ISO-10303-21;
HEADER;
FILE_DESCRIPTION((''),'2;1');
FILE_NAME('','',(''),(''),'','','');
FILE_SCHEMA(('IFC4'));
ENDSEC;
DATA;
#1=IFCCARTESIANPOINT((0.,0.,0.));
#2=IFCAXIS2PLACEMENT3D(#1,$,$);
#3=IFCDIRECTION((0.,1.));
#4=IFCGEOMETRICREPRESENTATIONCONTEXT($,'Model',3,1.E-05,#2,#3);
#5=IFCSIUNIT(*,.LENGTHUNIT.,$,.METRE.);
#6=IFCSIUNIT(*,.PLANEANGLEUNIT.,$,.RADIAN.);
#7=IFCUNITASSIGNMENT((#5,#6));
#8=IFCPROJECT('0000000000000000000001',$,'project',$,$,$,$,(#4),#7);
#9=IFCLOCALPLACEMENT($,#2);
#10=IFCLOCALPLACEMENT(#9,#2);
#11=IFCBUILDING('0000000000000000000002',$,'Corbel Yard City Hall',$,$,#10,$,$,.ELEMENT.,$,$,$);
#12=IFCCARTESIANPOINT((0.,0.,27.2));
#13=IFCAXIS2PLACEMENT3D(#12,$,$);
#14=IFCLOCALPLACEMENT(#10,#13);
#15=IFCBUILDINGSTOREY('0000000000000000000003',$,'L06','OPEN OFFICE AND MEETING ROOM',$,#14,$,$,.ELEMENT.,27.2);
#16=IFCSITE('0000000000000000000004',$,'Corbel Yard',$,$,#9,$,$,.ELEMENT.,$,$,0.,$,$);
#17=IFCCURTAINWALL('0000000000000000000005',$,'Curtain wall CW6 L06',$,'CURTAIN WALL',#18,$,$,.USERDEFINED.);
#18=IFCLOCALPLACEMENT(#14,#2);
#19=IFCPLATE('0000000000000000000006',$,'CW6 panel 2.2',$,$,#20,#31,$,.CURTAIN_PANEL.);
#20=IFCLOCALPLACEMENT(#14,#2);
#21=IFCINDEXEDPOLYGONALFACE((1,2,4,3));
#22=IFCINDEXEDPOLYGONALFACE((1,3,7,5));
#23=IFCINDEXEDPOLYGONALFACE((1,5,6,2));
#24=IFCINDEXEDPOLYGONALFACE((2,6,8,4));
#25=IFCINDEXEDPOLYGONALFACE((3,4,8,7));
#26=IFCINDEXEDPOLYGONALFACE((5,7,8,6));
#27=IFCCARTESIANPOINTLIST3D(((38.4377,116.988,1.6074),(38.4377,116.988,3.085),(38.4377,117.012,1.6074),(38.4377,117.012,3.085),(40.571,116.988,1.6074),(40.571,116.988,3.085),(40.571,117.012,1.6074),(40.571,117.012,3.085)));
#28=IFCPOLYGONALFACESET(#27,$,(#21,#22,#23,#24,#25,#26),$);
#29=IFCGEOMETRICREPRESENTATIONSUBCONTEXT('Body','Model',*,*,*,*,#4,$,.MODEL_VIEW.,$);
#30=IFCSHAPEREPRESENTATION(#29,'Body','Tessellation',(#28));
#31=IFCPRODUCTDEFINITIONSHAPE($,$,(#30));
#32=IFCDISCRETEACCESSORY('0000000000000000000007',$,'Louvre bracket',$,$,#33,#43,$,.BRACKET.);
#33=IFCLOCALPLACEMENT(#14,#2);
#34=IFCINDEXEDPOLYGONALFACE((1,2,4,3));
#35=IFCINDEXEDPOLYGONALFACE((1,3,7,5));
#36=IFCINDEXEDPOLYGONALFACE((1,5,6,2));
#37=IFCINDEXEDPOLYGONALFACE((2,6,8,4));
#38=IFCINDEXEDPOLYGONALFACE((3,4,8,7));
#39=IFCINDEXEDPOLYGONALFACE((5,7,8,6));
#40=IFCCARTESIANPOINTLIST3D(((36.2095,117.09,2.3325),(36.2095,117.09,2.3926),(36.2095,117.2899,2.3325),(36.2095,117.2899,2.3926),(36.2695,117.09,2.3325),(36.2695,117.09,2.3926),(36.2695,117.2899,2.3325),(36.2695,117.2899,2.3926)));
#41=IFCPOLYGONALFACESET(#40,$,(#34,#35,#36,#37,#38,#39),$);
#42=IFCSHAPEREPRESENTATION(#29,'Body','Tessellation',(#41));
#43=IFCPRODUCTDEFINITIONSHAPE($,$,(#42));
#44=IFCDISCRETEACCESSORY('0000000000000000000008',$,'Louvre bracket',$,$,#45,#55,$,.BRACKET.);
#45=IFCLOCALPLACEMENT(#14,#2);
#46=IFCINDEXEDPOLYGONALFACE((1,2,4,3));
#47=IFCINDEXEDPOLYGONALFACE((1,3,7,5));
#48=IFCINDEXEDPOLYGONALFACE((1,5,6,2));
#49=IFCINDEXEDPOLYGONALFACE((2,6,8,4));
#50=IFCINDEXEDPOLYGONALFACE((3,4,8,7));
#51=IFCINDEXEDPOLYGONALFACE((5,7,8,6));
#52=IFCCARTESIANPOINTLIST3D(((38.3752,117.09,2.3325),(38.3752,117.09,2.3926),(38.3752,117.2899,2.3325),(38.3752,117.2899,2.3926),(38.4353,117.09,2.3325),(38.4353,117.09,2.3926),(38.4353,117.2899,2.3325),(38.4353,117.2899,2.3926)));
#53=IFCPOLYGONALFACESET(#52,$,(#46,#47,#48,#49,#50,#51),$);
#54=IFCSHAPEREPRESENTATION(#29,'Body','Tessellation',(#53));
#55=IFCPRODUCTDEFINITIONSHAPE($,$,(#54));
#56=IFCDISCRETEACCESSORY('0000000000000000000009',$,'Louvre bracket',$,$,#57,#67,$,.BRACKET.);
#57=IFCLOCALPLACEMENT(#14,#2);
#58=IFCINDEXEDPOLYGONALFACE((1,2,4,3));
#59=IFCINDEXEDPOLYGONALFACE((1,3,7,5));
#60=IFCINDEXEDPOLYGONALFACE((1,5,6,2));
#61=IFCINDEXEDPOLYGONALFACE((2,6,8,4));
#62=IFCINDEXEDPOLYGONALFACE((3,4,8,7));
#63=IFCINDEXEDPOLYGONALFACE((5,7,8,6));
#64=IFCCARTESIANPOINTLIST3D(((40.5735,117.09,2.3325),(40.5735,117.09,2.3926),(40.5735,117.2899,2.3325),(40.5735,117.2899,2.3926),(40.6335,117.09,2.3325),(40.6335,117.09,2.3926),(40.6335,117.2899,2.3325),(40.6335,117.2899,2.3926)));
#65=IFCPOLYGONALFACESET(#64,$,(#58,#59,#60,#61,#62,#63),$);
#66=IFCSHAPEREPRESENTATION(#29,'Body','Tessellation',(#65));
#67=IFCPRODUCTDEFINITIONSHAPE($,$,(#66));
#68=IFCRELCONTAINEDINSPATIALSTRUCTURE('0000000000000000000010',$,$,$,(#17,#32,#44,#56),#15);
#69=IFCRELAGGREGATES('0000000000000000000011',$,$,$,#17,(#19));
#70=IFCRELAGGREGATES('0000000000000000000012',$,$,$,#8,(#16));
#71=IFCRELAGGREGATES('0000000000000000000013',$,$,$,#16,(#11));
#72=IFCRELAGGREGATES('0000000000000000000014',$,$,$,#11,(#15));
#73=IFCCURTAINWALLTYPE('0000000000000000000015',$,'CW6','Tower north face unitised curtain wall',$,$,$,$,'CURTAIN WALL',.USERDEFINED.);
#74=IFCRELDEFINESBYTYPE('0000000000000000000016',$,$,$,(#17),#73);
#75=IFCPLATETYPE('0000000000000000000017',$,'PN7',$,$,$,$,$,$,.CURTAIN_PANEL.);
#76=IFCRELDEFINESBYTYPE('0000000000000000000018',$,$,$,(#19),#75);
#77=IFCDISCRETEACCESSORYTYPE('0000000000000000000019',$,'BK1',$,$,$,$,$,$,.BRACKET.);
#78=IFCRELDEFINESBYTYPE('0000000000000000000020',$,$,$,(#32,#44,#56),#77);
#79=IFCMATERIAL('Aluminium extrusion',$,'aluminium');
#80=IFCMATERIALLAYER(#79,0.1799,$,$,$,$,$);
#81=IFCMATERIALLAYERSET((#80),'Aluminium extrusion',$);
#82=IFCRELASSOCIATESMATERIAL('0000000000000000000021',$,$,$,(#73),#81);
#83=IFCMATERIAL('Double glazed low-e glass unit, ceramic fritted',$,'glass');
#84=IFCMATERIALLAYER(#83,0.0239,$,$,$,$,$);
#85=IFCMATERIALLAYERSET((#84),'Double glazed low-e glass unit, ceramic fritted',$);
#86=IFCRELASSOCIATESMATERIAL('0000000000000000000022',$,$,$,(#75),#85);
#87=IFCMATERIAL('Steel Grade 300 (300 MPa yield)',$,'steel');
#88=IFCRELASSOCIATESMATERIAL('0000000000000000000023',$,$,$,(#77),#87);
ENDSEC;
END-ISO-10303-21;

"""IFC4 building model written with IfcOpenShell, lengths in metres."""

from ifc_helpers import new_model, si_unit, direction, frame, origin, origin_2d, place, context, subcontext, project, spatial, rectangle, extrude, material, layer, layer_set, type_object, element, aggregate, save


model = new_model("IFC4")

# Units and contexts
model_context = context("Model", 3, precision=1e-05, world=origin(), true_north=direction((0.0, 1.0)))
body_context = subcontext(model_context, "Body", "Model", "MODEL_VIEW")
ifc_project = project(units=[si_unit("LENGTHUNIT", "METRE"), si_unit("PLANEANGLEUNIT", "RADIAN")], contexts=[model_context])

# Site, building, storey
site_placement = place(None, origin())
site = spatial("IfcSite", under=ifc_project, at=site_placement, Name="Corbel Yard", CompositionType="ELEMENT", RefElevation=0.0)
building_placement = place(site_placement, origin())
building = spatial("IfcBuilding", under=site, at=building_placement, Name="Corbel Yard City Hall", CompositionType="ELEMENT")
storey_placement = place(building_placement, frame((0.0, 0.0, 27.2)))
storey = spatial("IfcBuildingStorey", under=building, at=storey_placement, Name="L06", Description="OPEN OFFICE AND MEETING ROOM", CompositionType="ELEMENT", Elevation=27.2)

# Curtain wall, plate
ifc_material_1 = material(Name="Aluminium extrusion", Category="aluminium")
ifc_layer_1 = layer(ifc_material_1, 0.1799)
ifc_layer_set_1 = layer_set([ifc_layer_1], Name="Aluminium extrusion")
curtain_wall_type = type_object("IfcCurtainWallType", Name="CW6", Description="Tower north face unitised curtain wall", ElementType="CURTAIN WALL", PredefinedType="USERDEFINED", material=ifc_layer_set_1)
curtain_wall_placement = place(storey_placement, origin())
curtain_wall = element("IfcCurtainWall", 1, at=curtain_wall_placement, inside=storey, type_object=curtain_wall_type, Name="Curtain wall CW6 L06", ObjectType="CURTAIN WALL", PredefinedType="USERDEFINED")
ifc_material_2 = material(Name="Double glazed low-e glass unit, ceramic fritted", Category="glass")
ifc_layer_2 = layer(ifc_material_2, 0.0239)
ifc_layer_set_2 = layer_set([ifc_layer_2], Name="Double glazed low-e glass unit, ceramic fritted")
plate_type = type_object("IfcPlateType", Name="PN7", PredefinedType="CURTAIN_PANEL", material=ifc_layer_set_2)
plate_1_placement = place(storey_placement, frame((39.5044, 117.0, 1.6074), z_axis=(0.0, 0.0, 1.0), x_axis=(1.0, 0.0, 0.0)))
plate_1 = element("IfcPlate", 2, at=plate_1_placement, type_object=plate_type, Name="CW6 panel 2.2", PredefinedType="CURTAIN_PANEL", context=body_context, shape_type="SweptSolid", body=[
    extrude(rectangle(XDim=2.1333, YDim=0.0239, at=origin_2d()), origin(), (0.0, 0.0, 1.0), 1.4775),
])
aggregate(curtain_wall, [plate_1])

# Discrete accessories
ifc_material_3 = material(Name="Steel Grade 300 (300 MPa yield)", Category="steel")
discrete_accessory_type = type_object("IfcDiscreteAccessoryType", Name="BK1", PredefinedType="BRACKET", material=ifc_material_3)
for number, where, z_axis, x_axis, name in (
    (3, (36.2395, 117.1899, 2.3325), (0.0, 0.0, 1.0), (1.0, 0.0, 0.0), "Louvre bracket"),
    (4, (38.4053, 117.1899, 2.3325), (0.0, 0.0, 1.0), (1.0, 0.0, 0.0), "Louvre bracket"),
    (5, (40.6035, 117.1899, 2.3325), (0.0, 0.0, 1.0), (1.0, 0.0, 0.0), "Louvre bracket"),
):
    element("IfcDiscreteAccessory", number, at=place(storey_placement, frame(where, z_axis=z_axis, x_axis=x_axis)), inside=storey, type_object=discrete_accessory_type, Name=name, PredefinedType="BRACKET", context=body_context, shape_type="SweptSolid", body=[
        extrude(rectangle(XDim=0.0601, YDim=0.2, at=origin_2d()), origin(), (0.0, 0.0, 1.0), 0.0601),
    ])

save(model, "model.ifc")
